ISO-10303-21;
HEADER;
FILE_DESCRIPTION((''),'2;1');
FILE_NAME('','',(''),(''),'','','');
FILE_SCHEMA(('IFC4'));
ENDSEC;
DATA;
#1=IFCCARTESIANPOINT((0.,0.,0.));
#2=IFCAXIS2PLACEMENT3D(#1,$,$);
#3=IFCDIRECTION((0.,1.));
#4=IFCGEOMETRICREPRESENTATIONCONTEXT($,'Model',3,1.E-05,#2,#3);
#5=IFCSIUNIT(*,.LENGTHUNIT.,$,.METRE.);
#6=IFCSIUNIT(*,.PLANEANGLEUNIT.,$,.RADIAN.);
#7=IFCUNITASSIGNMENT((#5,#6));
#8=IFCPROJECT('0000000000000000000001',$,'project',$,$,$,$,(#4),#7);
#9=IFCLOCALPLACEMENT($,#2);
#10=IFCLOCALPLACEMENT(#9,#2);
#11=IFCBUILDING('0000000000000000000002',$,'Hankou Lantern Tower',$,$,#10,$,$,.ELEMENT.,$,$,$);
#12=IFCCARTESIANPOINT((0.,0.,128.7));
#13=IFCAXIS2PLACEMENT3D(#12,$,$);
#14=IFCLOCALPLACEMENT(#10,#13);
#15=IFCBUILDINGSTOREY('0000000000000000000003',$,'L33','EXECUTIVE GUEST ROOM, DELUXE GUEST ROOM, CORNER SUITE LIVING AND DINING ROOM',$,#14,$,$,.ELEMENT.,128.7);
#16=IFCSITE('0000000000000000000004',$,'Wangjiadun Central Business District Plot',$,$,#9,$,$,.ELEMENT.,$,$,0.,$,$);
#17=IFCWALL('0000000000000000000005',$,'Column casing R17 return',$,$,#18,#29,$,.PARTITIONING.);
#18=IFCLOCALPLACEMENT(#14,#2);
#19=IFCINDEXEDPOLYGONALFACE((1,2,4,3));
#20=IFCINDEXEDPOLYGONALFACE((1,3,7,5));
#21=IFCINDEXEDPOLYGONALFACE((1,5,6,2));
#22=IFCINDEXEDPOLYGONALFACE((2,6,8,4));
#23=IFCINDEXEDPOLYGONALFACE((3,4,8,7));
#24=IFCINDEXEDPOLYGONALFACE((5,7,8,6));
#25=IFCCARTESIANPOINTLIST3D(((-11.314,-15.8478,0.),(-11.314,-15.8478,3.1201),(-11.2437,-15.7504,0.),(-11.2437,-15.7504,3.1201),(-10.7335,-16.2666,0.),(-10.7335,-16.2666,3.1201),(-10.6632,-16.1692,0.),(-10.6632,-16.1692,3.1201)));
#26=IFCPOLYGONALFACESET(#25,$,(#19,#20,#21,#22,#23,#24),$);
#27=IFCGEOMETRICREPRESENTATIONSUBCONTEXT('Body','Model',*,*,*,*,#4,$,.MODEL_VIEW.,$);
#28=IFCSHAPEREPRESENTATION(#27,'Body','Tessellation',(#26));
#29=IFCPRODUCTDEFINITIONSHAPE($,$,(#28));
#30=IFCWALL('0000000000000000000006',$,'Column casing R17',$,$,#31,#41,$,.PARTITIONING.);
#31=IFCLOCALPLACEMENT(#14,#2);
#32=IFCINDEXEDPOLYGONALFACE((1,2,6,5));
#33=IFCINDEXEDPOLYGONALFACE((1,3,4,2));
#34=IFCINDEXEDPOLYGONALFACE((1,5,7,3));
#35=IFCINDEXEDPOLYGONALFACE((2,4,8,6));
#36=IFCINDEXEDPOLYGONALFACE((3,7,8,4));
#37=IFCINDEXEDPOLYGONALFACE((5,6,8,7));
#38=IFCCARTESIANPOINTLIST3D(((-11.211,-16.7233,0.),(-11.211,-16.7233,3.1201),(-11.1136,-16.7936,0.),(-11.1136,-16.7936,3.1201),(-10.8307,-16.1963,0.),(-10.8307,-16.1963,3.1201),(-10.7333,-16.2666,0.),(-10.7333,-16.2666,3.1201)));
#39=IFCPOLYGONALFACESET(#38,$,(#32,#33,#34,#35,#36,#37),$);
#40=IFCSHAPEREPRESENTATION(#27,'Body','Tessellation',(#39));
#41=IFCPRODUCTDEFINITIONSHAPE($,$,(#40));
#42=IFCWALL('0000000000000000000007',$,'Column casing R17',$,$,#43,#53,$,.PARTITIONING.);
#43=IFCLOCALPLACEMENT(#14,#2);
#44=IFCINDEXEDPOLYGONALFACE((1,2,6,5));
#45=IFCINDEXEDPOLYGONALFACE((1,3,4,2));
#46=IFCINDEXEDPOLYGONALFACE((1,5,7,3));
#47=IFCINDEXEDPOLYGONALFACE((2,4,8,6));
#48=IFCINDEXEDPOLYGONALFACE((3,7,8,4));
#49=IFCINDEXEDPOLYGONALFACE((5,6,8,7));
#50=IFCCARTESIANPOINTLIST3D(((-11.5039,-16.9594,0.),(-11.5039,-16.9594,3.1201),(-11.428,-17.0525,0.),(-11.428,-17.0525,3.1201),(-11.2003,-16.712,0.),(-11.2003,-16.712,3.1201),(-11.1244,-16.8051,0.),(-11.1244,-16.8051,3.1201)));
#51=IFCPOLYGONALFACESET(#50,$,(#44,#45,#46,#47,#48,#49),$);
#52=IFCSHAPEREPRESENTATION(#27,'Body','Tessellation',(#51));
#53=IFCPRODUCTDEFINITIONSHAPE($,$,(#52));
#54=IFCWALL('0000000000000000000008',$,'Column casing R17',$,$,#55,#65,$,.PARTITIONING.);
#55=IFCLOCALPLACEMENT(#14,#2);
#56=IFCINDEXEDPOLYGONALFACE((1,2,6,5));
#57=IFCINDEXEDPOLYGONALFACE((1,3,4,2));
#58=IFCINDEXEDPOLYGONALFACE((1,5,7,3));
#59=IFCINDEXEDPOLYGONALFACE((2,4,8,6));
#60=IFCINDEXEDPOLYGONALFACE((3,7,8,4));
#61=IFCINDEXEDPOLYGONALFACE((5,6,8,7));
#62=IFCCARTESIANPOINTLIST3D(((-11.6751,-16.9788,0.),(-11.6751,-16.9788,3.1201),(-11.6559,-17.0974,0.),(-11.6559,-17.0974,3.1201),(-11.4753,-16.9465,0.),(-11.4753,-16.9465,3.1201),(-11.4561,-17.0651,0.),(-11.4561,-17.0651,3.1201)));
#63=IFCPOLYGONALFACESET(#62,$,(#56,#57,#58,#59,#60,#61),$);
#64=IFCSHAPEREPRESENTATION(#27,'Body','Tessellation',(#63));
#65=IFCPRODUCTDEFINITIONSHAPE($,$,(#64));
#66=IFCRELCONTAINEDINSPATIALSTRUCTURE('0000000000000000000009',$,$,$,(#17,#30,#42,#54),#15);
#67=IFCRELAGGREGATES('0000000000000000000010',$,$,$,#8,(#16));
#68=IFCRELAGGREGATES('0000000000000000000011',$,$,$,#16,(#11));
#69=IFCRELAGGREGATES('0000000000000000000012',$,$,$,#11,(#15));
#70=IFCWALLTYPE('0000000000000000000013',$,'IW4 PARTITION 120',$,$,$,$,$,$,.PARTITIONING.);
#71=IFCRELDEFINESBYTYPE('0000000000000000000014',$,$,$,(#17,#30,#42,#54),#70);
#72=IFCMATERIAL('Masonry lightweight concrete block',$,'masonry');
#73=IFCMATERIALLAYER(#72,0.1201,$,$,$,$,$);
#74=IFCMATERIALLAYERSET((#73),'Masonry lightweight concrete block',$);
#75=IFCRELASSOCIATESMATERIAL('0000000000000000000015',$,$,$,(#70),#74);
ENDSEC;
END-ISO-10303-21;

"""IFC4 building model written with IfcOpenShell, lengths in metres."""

from ifc_helpers import new_model, si_unit, direction, frame, frame_2d, origin, place, context, subcontext, project, spatial, rectangle, extrude, material, layer, layer_set, type_object, element, save


model = new_model("IFC4")

# Units and contexts
model_context = context("Model", 3, precision=1e-05, world=origin(), true_north=direction((0.0, 1.0)))
body_context = subcontext(model_context, "Body", "Model", "MODEL_VIEW")
ifc_project = project(units=[si_unit("LENGTHUNIT", "METRE"), si_unit("PLANEANGLEUNIT", "RADIAN")], contexts=[model_context])

# Site, building, storey
site_placement = place(None, origin())
site = spatial("IfcSite", under=ifc_project, at=site_placement, Name="Wangjiadun Central Business District Plot", CompositionType="ELEMENT", RefElevation=0.0)
building_placement = place(site_placement, origin())
building = spatial("IfcBuilding", under=site, at=building_placement, Name="Hankou Lantern Tower", CompositionType="ELEMENT")
storey_placement = place(building_placement, frame((0.0, 0.0, 128.7)))
storey = spatial("IfcBuildingStorey", under=building, at=storey_placement, Name="L33", Description="EXECUTIVE GUEST ROOM, DELUXE GUEST ROOM, CORNER SUITE LIVING AND DINING ROOM", CompositionType="ELEMENT", Elevation=128.7)

# Walls
ifc_material_1 = material(Name="Masonry lightweight concrete block", Category="masonry")
ifc_layer_1 = layer(ifc_material_1, 0.1201)
ifc_layer_set_1 = layer_set([ifc_layer_1], Name="Masonry lightweight concrete block")
wall_type_1 = type_object("IfcWallType", Name="IW4 PARTITION 120", PredefinedType="PARTITIONING", material=ifc_layer_set_1)
wall_1_placement = place(storey_placement, frame((-11.2788, -15.7991, 0.0), z_axis=(0.0, 0.0, 1.0), x_axis=(0.810913, -0.585167, 0.0)))
element("IfcWall", 1, at=wall_1_placement, inside=storey, type_object=wall_type_1, Name="Column casing R17 return", PredefinedType="PARTITIONING", context=body_context, shape_type="SweptSolid", body=[
    extrude(rectangle(XDim=0.7158, YDim=0.1201, at=frame_2d((0.3579, 0.0))), origin(), (0.0, 0.0, 1.0), 3.1201),
])
wall_2_placement = place(storey_placement, frame((-10.782, -16.2314, 0.0), z_axis=(0.0, 0.0, 1.0), x_axis=(-0.585175, -0.810907, 0.0)))
element("IfcWall", 2, at=wall_2_placement, inside=storey, type_object=wall_type_1, Name="Column casing R17", PredefinedType="PARTITIONING", context=body_context, shape_type="SweptSolid", body=[
    extrude(rectangle(XDim=0.6499, YDim=0.1201, at=frame_2d((0.325, 0.0))), origin(), (0.0, 0.0, 1.0), 3.1201),
])
wall_3_placement = place(storey_placement, frame((-11.1624, -16.7585, 0.0), z_axis=(0.0, 0.0, 1.0), x_axis=(-0.775178, -0.631742, 0.0)))
element("IfcWall", 3, at=wall_3_placement, inside=storey, type_object=wall_type_1, Name="Column casing R17", PredefinedType="PARTITIONING", context=body_context, shape_type="SweptSolid", body=[
    extrude(rectangle(XDim=0.3916, YDim=0.1201, at=frame_2d((0.1958, 0.0))), origin(), (0.0, 0.0, 1.0), 3.1201),
])
wall_4_placement = place(storey_placement, frame((-11.4658, -17.0059, 0.0), z_axis=(0.0, 0.0, 1.0), x_axis=(-0.987229, -0.159308, 0.0)))
element("IfcWall", 4, at=wall_4_placement, inside=storey, type_object=wall_type_1, Name="Column casing R17", PredefinedType="PARTITIONING", context=body_context, shape_type="SweptSolid", body=[
    extrude(rectangle(XDim=0.2024, YDim=0.1201, at=frame_2d((0.1011, 0.0))), origin(), (0.0, 0.0, 1.0), 3.1201),
])

save(model, "model.ifc")
